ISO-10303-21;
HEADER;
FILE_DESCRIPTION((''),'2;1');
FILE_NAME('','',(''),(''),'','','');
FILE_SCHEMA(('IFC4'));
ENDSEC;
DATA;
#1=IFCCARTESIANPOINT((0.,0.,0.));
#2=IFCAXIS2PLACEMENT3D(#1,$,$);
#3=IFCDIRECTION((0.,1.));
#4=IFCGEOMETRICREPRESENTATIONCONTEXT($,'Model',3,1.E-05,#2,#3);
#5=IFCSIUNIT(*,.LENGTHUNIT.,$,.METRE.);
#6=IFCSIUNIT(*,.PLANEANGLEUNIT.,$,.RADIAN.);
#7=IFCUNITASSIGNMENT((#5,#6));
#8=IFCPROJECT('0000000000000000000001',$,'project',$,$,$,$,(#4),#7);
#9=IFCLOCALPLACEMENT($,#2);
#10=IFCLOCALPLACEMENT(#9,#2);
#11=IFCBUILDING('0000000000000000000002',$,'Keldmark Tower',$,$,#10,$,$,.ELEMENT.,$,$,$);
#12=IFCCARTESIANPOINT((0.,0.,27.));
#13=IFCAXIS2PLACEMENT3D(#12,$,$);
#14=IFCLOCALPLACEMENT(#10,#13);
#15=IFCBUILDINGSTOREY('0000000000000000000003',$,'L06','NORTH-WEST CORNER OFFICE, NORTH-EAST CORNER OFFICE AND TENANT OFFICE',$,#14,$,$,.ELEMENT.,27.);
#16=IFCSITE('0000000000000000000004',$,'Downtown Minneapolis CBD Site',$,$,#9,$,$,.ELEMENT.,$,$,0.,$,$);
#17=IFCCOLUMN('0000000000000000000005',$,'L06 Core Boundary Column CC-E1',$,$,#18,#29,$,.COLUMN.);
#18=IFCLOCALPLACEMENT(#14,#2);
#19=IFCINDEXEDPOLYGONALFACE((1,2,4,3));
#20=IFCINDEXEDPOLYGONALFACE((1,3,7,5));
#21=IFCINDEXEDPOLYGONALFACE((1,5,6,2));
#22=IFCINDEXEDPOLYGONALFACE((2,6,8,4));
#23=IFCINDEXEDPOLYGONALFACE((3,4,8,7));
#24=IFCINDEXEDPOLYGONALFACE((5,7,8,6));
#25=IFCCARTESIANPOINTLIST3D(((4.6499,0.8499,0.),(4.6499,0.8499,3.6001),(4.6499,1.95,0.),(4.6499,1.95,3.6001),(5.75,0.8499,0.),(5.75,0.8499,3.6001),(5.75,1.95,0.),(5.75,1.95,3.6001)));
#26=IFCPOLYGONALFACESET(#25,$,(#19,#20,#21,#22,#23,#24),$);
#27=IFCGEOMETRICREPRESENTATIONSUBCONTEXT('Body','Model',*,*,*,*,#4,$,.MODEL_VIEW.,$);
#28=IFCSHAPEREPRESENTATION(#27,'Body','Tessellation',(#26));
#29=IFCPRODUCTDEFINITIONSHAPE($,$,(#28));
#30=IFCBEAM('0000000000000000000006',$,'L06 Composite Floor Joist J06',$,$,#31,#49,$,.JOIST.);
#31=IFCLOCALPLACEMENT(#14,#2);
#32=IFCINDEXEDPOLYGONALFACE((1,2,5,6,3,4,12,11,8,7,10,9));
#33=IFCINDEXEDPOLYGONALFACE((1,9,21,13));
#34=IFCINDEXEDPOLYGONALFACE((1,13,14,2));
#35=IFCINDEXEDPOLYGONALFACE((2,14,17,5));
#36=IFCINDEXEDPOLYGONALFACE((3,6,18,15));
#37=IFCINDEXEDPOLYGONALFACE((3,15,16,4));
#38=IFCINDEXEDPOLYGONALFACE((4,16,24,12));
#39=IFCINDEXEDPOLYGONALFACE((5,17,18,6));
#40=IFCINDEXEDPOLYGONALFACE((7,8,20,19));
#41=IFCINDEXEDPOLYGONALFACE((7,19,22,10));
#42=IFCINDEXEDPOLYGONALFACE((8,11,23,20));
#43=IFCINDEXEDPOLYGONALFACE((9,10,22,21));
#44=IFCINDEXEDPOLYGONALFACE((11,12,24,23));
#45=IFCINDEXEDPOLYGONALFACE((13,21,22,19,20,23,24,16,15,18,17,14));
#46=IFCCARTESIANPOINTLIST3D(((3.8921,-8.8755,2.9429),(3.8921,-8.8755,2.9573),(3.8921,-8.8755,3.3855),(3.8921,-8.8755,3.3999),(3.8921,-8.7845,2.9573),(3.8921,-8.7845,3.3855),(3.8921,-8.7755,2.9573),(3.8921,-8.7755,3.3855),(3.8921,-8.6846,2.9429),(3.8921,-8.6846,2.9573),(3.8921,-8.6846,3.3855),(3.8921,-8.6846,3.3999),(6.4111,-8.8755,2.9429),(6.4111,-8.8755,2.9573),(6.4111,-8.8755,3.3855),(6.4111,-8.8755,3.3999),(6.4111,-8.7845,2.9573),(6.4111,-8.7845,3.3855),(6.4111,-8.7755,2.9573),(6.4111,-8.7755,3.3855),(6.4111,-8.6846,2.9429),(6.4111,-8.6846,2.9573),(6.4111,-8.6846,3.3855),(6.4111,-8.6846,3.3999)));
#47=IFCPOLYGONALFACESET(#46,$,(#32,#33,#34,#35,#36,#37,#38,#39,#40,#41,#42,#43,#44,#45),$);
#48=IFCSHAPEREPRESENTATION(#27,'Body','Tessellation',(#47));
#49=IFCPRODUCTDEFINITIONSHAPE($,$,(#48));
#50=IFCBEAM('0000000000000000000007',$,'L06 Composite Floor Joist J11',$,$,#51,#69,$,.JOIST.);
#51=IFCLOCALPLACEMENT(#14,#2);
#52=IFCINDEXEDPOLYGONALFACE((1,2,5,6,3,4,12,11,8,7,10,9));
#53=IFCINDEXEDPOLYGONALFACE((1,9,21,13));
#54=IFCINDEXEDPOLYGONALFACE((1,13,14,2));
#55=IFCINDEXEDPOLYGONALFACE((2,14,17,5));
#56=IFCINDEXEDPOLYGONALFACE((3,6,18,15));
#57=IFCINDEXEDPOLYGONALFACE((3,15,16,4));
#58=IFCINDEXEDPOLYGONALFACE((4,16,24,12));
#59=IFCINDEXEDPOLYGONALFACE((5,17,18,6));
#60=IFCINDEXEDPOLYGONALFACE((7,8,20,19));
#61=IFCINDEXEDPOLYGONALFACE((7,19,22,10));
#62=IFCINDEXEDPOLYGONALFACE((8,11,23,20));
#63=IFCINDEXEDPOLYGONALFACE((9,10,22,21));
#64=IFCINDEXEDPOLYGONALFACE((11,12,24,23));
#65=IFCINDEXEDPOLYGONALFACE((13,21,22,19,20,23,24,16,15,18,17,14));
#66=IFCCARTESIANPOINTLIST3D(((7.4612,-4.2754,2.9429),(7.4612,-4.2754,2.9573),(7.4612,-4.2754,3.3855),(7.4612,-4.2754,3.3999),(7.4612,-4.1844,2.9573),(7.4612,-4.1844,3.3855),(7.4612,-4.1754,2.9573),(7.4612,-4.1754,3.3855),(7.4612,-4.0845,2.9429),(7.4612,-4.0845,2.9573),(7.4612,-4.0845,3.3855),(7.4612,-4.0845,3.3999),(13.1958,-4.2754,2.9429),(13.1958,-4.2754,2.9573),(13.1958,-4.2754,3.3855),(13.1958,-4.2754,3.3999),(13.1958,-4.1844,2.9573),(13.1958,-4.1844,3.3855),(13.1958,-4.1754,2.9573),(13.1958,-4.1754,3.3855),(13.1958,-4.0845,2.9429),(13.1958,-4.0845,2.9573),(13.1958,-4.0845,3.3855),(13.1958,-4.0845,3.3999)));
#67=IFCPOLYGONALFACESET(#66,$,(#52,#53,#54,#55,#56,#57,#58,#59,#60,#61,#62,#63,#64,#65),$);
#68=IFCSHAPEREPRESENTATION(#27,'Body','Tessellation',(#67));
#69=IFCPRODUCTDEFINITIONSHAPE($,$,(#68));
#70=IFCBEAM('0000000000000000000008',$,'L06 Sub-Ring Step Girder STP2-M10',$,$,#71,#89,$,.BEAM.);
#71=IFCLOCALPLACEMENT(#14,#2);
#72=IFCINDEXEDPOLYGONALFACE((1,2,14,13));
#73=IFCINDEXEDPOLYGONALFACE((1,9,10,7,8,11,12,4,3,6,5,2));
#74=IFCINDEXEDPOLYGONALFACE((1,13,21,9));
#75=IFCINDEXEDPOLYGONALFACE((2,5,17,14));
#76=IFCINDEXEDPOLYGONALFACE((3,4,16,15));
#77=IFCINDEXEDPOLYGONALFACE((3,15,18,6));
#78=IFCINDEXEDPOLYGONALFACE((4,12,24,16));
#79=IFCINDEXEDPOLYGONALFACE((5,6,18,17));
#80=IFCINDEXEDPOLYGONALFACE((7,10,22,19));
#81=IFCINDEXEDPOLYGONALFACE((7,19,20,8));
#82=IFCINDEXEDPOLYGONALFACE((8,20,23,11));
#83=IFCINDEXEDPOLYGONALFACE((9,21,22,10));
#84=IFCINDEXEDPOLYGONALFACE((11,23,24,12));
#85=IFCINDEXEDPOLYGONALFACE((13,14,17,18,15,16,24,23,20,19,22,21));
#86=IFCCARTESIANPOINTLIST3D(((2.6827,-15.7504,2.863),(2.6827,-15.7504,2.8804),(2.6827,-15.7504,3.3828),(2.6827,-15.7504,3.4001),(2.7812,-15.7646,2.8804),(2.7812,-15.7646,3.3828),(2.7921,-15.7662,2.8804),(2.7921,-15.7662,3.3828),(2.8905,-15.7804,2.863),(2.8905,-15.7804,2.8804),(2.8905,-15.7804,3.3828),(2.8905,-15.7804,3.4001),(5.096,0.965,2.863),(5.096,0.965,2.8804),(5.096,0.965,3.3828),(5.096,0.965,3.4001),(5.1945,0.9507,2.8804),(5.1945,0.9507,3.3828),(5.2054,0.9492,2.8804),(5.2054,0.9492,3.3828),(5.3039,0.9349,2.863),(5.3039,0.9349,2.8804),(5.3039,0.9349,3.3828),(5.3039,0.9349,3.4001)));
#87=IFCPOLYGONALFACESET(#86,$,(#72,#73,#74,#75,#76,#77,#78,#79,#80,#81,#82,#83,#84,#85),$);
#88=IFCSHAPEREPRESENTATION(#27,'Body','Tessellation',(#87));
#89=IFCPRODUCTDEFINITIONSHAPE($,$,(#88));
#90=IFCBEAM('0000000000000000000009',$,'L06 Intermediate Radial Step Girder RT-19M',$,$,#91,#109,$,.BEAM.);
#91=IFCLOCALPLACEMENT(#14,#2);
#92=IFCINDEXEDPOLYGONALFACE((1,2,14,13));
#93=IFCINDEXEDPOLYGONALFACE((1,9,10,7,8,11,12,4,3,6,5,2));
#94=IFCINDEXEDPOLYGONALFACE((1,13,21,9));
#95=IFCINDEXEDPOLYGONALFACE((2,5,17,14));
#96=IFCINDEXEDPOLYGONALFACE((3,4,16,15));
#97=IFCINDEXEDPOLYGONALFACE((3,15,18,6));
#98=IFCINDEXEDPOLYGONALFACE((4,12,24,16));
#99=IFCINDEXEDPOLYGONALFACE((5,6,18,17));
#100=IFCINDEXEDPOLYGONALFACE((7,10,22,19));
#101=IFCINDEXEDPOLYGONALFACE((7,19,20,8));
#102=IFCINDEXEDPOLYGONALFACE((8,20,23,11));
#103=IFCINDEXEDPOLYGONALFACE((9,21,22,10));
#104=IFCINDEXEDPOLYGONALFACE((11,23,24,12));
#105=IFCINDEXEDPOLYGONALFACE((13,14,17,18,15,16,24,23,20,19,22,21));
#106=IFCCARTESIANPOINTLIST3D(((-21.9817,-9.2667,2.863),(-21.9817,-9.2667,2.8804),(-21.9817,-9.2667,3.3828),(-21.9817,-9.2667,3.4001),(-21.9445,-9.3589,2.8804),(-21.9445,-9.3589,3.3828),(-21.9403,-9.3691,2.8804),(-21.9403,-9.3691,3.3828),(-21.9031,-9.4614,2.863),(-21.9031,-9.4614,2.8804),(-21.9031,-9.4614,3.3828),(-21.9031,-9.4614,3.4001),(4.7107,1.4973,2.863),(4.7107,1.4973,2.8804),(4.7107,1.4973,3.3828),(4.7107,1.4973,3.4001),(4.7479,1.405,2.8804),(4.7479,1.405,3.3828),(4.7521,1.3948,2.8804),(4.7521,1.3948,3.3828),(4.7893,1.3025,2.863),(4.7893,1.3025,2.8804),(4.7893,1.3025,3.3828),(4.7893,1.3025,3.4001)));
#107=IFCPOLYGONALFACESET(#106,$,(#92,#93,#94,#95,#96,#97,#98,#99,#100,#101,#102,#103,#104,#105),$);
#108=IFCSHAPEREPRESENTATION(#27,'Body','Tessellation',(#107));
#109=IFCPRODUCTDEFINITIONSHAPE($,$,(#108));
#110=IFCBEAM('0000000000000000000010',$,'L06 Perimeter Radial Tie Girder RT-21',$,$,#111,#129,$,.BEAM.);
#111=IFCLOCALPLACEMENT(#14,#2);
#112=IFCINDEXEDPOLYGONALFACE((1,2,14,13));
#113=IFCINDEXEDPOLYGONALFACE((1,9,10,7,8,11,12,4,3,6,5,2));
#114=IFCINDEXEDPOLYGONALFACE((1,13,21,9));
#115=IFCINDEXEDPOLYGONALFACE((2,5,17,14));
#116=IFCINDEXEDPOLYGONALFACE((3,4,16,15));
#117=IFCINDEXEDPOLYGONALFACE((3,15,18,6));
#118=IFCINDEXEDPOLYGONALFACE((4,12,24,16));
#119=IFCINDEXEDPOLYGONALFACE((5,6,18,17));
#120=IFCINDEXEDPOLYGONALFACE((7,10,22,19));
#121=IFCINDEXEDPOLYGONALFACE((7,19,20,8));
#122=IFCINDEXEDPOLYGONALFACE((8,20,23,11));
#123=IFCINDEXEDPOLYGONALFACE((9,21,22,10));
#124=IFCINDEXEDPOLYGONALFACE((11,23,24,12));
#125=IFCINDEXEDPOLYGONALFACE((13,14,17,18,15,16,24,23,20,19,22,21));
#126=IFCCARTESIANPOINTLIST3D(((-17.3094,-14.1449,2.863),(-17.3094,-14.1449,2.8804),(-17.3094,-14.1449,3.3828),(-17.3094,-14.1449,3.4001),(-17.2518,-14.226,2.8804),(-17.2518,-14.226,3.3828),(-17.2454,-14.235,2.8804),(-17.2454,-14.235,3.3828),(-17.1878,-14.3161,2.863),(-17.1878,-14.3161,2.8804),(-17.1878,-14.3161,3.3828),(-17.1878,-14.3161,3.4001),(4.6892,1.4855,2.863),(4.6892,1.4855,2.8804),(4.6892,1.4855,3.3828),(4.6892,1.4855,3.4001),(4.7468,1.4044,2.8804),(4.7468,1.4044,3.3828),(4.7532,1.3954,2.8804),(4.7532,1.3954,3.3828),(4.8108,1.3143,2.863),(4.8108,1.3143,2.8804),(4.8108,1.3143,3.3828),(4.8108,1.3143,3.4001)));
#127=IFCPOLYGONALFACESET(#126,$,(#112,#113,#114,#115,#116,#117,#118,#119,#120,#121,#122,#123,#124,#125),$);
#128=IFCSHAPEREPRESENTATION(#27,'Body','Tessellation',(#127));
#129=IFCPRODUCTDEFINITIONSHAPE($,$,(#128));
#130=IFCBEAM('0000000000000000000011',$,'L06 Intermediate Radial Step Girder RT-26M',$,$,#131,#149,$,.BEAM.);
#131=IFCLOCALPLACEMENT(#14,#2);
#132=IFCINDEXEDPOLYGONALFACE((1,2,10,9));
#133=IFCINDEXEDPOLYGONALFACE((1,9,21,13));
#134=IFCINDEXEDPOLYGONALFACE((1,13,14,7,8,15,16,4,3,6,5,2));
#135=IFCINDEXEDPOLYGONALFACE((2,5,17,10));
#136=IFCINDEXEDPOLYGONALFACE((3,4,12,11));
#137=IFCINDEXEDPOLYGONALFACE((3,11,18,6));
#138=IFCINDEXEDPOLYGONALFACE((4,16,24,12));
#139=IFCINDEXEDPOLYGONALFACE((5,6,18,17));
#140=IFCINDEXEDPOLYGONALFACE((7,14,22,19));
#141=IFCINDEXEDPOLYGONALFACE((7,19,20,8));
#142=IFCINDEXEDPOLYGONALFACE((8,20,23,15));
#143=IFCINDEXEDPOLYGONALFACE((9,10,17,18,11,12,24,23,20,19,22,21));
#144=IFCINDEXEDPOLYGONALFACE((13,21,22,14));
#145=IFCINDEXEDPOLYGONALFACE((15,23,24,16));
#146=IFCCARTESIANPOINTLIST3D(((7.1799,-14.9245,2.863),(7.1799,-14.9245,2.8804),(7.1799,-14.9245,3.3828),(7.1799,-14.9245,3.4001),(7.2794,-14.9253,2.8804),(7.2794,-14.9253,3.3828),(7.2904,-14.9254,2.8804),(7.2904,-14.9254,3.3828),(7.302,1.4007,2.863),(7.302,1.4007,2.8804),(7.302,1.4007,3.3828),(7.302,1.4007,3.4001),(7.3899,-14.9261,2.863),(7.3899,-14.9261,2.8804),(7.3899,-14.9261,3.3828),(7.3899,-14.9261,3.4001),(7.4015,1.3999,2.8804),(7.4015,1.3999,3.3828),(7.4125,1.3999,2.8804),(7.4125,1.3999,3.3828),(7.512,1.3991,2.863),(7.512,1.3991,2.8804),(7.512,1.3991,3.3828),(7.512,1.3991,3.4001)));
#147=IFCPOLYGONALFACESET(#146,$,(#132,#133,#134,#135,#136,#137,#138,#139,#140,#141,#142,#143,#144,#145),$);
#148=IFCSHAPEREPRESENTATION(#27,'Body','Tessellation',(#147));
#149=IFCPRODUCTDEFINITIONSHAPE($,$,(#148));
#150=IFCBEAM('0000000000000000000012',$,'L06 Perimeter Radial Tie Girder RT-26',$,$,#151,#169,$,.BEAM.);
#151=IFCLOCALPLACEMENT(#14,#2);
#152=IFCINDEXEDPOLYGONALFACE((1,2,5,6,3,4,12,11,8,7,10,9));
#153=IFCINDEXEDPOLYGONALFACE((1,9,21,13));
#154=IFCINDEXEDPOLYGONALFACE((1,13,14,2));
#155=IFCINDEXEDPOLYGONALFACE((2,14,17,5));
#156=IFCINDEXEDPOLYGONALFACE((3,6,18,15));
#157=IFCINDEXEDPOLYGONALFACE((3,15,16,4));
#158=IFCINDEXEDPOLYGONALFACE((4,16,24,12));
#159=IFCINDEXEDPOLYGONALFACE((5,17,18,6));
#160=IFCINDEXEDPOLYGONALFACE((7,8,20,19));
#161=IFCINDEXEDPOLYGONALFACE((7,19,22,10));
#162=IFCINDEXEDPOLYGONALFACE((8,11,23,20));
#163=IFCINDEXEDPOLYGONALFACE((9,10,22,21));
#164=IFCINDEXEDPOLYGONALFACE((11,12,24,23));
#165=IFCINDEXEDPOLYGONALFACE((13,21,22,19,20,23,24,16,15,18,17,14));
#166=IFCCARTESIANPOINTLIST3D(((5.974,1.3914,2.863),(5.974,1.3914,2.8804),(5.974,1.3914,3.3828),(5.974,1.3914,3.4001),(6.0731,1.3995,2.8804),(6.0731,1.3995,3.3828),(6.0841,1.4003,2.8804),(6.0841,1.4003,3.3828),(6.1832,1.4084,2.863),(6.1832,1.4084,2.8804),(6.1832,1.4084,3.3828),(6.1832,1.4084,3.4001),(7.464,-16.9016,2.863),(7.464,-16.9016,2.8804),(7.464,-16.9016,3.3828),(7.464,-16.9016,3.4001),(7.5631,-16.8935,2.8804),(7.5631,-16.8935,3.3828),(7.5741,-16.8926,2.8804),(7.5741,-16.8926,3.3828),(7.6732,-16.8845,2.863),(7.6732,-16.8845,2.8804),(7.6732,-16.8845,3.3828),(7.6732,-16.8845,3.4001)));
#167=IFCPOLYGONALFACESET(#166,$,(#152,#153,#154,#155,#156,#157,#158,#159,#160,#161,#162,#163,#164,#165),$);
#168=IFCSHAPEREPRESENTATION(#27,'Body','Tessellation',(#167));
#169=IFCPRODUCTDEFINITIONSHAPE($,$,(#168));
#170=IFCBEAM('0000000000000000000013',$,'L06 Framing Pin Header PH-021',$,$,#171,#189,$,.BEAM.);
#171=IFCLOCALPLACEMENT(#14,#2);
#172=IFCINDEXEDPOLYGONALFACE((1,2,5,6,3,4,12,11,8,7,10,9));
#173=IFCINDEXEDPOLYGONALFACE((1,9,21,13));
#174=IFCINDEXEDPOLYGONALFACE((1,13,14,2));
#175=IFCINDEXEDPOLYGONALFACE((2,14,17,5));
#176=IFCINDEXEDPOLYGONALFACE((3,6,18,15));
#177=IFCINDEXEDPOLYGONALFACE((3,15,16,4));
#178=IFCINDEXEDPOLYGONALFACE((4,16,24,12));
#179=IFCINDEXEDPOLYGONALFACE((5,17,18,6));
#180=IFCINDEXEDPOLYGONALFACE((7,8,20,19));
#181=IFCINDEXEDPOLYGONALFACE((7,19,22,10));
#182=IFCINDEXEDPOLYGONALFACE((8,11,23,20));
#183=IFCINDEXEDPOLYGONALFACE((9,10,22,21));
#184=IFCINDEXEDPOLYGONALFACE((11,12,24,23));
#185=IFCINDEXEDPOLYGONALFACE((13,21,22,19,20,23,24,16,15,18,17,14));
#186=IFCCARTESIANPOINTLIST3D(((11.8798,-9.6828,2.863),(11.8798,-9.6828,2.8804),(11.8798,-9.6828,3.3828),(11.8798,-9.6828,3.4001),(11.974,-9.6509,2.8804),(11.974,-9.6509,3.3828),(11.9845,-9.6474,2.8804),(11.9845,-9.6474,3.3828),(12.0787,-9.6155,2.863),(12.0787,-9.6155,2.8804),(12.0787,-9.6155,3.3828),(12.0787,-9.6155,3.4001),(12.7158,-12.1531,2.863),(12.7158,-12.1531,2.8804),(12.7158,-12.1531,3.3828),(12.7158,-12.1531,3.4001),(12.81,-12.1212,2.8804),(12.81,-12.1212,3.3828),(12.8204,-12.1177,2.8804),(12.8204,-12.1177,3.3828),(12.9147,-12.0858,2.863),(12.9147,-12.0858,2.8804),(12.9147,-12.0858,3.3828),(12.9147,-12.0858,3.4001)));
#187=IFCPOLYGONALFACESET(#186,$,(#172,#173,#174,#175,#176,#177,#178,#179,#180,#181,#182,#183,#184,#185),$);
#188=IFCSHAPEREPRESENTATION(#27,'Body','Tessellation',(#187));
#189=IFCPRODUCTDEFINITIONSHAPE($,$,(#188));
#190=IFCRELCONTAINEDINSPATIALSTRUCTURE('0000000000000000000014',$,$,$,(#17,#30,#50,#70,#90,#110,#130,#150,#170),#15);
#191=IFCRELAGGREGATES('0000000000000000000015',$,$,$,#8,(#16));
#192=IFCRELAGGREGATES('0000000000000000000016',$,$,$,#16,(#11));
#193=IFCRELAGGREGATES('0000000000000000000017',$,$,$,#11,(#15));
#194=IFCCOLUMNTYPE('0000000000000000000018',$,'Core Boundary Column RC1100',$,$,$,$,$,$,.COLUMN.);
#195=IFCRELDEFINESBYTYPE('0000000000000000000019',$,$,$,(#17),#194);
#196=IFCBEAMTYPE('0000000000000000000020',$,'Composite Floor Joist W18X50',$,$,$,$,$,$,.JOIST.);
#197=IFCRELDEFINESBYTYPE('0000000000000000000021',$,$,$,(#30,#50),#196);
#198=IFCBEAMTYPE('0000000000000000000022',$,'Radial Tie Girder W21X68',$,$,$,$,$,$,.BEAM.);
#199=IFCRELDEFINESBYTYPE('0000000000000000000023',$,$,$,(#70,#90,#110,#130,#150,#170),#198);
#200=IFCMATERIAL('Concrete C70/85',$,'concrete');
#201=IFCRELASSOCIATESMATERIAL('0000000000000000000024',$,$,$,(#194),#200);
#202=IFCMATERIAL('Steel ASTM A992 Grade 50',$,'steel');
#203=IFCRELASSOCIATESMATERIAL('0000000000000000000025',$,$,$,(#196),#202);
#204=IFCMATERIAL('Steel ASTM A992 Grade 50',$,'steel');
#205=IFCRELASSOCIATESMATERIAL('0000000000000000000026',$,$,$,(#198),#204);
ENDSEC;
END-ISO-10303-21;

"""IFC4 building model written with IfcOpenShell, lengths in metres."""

from ifc_helpers import new_model, si_unit, direction, frame, origin, origin_2d, place, context, subcontext, project, spatial, rectangle, i_section, extrude, material, material_profile, profile_set, type_object, element, save


model = new_model("IFC4")

# Units and contexts
model_context = context("Model", 3, precision=1e-05, world=origin(), true_north=direction((0.0, 1.0)))
body_context = subcontext(model_context, "Body", "Model", "MODEL_VIEW")
ifc_project = project(units=[si_unit("LENGTHUNIT", "METRE"), si_unit("PLANEANGLEUNIT", "RADIAN")], contexts=[model_context])

# Site, building, storey
site_placement = place(None, origin())
site = spatial("IfcSite", under=ifc_project, at=site_placement, Name="Downtown Minneapolis CBD Site", CompositionType="ELEMENT", RefElevation=0.0)
building_placement = place(site_placement, origin())
building = spatial("IfcBuilding", under=site, at=building_placement, Name="Keldmark Tower", CompositionType="ELEMENT")
storey_placement = place(building_placement, frame((0.0, 0.0, 27.0)))
storey = spatial("IfcBuildingStorey", under=building, at=storey_placement, Name="L06", Description="NORTH-WEST CORNER OFFICE, NORTH-EAST CORNER OFFICE AND TENANT OFFICE", CompositionType="ELEMENT", Elevation=27.0)

# Column
ifc_material_1 = material(Name="Concrete C70/85", Category="concrete")
ifc_material_profile_1 = material_profile(ifc_material_1, rectangle(XDim=1.1001, YDim=1.1001, at=origin_2d()), Name="RC1100X1100")
ifc_profile_set_1 = profile_set([ifc_material_profile_1], Name="Concrete C70/85")
column_type = type_object("IfcColumnType", Name="Core Boundary Column RC1100", PredefinedType="COLUMN", material=ifc_profile_set_1)
column_placement = place(storey_placement, frame((5.2, 1.3999, 0.0), z_axis=(0.0, 0.0, 1.0), x_axis=(1.0, 0.0, 0.0)))
element("IfcColumn", 1, at=column_placement, inside=storey, type_object=column_type, Name="L06 Core Boundary Column CC-E1", PredefinedType="COLUMN", context=body_context, shape_type="SweptSolid", body=[
    extrude(rectangle(XDim=1.1001, YDim=1.1001, at=origin_2d()), origin(), (0.0, 0.0, 1.0), 3.6001),
])

# Beams
ifc_material_2 = material(Name="Steel ASTM A992 Grade 50", Category="steel")
ifc_material_profile_2 = material_profile(ifc_material_2, i_section(OverallWidth=0.1909, OverallDepth=0.457, WebThickness=0.009, FlangeThickness=0.0144, at=origin_2d()), Name="W18X50")
ifc_profile_set_2 = profile_set([ifc_material_profile_2], Name="Steel ASTM A992 Grade 50")
beam_type_1 = type_object("IfcBeamType", Name="Composite Floor Joist W18X50", PredefinedType="JOIST", material=ifc_profile_set_2)
beam_1_placement = place(storey_placement, frame((3.8921, -8.78, 3.1714), z_axis=(1.0, 0.0, 0.0), x_axis=(0.0, 1.0, 0.0)))
element("IfcBeam", 2, at=beam_1_placement, inside=storey, type_object=beam_type_1, Name="L06 Composite Floor Joist J06", PredefinedType="JOIST", context=body_context, shape_type="SweptSolid", body=[
    extrude(i_section(OverallWidth=0.1909, OverallDepth=0.457, WebThickness=0.009, FlangeThickness=0.0144, at=origin_2d()), origin(), (0.0, 0.0, 1.0), 2.519),
])
beam_2_placement = place(storey_placement, frame((7.4612, -4.1799, 3.1714), z_axis=(1.0, 0.0, 0.0), x_axis=(0.0, 1.0, 0.0)))
element("IfcBeam", 3, at=beam_2_placement, inside=storey, type_object=beam_type_1, Name="L06 Composite Floor Joist J11", PredefinedType="JOIST", context=body_context, shape_type="SweptSolid", body=[
    extrude(i_section(OverallWidth=0.1909, OverallDepth=0.457, WebThickness=0.009, FlangeThickness=0.0144, at=origin_2d()), origin(), (0.0, 0.0, 1.0), 5.7346),
])
ifc_material_3 = material(Name="Steel ASTM A992 Grade 50", Category="steel")
ifc_material_profile_3 = material_profile(ifc_material_3, i_section(OverallWidth=0.21, OverallDepth=0.5371, WebThickness=0.011, FlangeThickness=0.0173, at=origin_2d()), Name="W21X68")
ifc_profile_set_3 = profile_set([ifc_material_profile_3], Name="Steel ASTM A992 Grade 50")
beam_type_2 = type_object("IfcBeamType", Name="Radial Tie Girder W21X68", PredefinedType="BEAM", material=ifc_profile_set_3)
beam_3_placement = place(storey_placement, frame((5.2, 0.95, 3.1316), z_axis=(-0.142897, -0.989738, 0.0), x_axis=(0.989738, -0.142897, 0.0)))
element("IfcBeam", 4, at=beam_3_placement, inside=storey, type_object=beam_type_2, Name="L06 Sub-Ring Step Girder STP2-M10", PredefinedType="BEAM", context=body_context, shape_type="SweptSolid", body=[
    extrude(i_section(OverallWidth=0.21, OverallDepth=0.5371, WebThickness=0.011, FlangeThickness=0.0173, at=origin_2d()), origin(), (0.0, 0.0, 1.0), 16.8887),
])
beam_4_placement = place(storey_placement, frame((4.75, 1.3999, 3.1316), z_axis=(-0.927431, -0.373994, 0.0), x_axis=(0.373994, -0.927431, 0.0)))
element("IfcBeam", 5, at=beam_4_placement, inside=storey, type_object=beam_type_2, Name="L06 Intermediate Radial Step Girder RT-19M", PredefinedType="BEAM", context=body_context, shape_type="SweptSolid", body=[
    extrude(i_section(OverallWidth=0.21, OverallDepth=0.5371, WebThickness=0.011, FlangeThickness=0.0173, at=origin_2d()), origin(), (0.0, 0.0, 1.0), 28.781),
])
beam_5_placement = place(storey_placement, frame((4.75, 1.3999, 3.1316), z_axis=(-0.815183, -0.579203, 0.0), x_axis=(0.579203, -0.815183, 0.0)))
element("IfcBeam", 6, at=beam_5_placement, inside=storey, type_object=beam_type_2, Name="L06 Perimeter Radial Tie Girder RT-21", PredefinedType="BEAM", context=body_context, shape_type="SweptSolid", body=[
    extrude(i_section(OverallWidth=0.21, OverallDepth=0.5371, WebThickness=0.011, FlangeThickness=0.0173, at=origin_2d()), origin(), (0.0, 0.0, 1.0), 26.9861),
])
beam_6_placement = place(storey_placement, frame((7.407, 1.3999, 3.1316), z_axis=(-0.007477, -0.999972, 0.0), x_axis=(0.999972, -0.007477, 0.0)))
element("IfcBeam", 7, at=beam_6_placement, inside=storey, type_object=beam_type_2, Name="L06 Intermediate Radial Step Girder RT-26M", PredefinedType="BEAM", context=body_context, shape_type="SweptSolid", body=[
    extrude(i_section(OverallWidth=0.21, OverallDepth=0.5371, WebThickness=0.011, FlangeThickness=0.0173, at=origin_2d()), origin(), (0.0, 0.0, 1.0), 16.3257),
])
beam_7_placement = place(storey_placement, frame((6.0786, 1.3999, 3.1316), z_axis=(0.081183, -0.996699, 0.0), x_axis=(0.996699, 0.081183, 0.0)))
element("IfcBeam", 8, at=beam_7_placement, inside=storey, type_object=beam_type_2, Name="L06 Perimeter Radial Tie Girder RT-26", PredefinedType="BEAM", context=body_context, shape_type="SweptSolid", body=[
    extrude(i_section(OverallWidth=0.21, OverallDepth=0.5371, WebThickness=0.011, FlangeThickness=0.0173, at=origin_2d()), origin(), (0.0, 0.0, 1.0), 18.3535),
])
beam_8_placement = place(storey_placement, frame((11.9792, -9.6492, 3.1316), z_axis=(0.32055, -0.947232, 0.0), x_axis=(0.947232, 0.32055, 0.0)))
element("IfcBeam", 9, at=beam_8_placement, inside=storey, type_object=beam_type_2, Name="L06 Framing Pin Header PH-021", PredefinedType="BEAM", context=body_context, shape_type="SweptSolid", body=[
    extrude(i_section(OverallWidth=0.21, OverallDepth=0.5371, WebThickness=0.011, FlangeThickness=0.0173, at=origin_2d()), origin(), (0.0, 0.0, 1.0), 2.6079),
])

save(model, "model.ifc")
